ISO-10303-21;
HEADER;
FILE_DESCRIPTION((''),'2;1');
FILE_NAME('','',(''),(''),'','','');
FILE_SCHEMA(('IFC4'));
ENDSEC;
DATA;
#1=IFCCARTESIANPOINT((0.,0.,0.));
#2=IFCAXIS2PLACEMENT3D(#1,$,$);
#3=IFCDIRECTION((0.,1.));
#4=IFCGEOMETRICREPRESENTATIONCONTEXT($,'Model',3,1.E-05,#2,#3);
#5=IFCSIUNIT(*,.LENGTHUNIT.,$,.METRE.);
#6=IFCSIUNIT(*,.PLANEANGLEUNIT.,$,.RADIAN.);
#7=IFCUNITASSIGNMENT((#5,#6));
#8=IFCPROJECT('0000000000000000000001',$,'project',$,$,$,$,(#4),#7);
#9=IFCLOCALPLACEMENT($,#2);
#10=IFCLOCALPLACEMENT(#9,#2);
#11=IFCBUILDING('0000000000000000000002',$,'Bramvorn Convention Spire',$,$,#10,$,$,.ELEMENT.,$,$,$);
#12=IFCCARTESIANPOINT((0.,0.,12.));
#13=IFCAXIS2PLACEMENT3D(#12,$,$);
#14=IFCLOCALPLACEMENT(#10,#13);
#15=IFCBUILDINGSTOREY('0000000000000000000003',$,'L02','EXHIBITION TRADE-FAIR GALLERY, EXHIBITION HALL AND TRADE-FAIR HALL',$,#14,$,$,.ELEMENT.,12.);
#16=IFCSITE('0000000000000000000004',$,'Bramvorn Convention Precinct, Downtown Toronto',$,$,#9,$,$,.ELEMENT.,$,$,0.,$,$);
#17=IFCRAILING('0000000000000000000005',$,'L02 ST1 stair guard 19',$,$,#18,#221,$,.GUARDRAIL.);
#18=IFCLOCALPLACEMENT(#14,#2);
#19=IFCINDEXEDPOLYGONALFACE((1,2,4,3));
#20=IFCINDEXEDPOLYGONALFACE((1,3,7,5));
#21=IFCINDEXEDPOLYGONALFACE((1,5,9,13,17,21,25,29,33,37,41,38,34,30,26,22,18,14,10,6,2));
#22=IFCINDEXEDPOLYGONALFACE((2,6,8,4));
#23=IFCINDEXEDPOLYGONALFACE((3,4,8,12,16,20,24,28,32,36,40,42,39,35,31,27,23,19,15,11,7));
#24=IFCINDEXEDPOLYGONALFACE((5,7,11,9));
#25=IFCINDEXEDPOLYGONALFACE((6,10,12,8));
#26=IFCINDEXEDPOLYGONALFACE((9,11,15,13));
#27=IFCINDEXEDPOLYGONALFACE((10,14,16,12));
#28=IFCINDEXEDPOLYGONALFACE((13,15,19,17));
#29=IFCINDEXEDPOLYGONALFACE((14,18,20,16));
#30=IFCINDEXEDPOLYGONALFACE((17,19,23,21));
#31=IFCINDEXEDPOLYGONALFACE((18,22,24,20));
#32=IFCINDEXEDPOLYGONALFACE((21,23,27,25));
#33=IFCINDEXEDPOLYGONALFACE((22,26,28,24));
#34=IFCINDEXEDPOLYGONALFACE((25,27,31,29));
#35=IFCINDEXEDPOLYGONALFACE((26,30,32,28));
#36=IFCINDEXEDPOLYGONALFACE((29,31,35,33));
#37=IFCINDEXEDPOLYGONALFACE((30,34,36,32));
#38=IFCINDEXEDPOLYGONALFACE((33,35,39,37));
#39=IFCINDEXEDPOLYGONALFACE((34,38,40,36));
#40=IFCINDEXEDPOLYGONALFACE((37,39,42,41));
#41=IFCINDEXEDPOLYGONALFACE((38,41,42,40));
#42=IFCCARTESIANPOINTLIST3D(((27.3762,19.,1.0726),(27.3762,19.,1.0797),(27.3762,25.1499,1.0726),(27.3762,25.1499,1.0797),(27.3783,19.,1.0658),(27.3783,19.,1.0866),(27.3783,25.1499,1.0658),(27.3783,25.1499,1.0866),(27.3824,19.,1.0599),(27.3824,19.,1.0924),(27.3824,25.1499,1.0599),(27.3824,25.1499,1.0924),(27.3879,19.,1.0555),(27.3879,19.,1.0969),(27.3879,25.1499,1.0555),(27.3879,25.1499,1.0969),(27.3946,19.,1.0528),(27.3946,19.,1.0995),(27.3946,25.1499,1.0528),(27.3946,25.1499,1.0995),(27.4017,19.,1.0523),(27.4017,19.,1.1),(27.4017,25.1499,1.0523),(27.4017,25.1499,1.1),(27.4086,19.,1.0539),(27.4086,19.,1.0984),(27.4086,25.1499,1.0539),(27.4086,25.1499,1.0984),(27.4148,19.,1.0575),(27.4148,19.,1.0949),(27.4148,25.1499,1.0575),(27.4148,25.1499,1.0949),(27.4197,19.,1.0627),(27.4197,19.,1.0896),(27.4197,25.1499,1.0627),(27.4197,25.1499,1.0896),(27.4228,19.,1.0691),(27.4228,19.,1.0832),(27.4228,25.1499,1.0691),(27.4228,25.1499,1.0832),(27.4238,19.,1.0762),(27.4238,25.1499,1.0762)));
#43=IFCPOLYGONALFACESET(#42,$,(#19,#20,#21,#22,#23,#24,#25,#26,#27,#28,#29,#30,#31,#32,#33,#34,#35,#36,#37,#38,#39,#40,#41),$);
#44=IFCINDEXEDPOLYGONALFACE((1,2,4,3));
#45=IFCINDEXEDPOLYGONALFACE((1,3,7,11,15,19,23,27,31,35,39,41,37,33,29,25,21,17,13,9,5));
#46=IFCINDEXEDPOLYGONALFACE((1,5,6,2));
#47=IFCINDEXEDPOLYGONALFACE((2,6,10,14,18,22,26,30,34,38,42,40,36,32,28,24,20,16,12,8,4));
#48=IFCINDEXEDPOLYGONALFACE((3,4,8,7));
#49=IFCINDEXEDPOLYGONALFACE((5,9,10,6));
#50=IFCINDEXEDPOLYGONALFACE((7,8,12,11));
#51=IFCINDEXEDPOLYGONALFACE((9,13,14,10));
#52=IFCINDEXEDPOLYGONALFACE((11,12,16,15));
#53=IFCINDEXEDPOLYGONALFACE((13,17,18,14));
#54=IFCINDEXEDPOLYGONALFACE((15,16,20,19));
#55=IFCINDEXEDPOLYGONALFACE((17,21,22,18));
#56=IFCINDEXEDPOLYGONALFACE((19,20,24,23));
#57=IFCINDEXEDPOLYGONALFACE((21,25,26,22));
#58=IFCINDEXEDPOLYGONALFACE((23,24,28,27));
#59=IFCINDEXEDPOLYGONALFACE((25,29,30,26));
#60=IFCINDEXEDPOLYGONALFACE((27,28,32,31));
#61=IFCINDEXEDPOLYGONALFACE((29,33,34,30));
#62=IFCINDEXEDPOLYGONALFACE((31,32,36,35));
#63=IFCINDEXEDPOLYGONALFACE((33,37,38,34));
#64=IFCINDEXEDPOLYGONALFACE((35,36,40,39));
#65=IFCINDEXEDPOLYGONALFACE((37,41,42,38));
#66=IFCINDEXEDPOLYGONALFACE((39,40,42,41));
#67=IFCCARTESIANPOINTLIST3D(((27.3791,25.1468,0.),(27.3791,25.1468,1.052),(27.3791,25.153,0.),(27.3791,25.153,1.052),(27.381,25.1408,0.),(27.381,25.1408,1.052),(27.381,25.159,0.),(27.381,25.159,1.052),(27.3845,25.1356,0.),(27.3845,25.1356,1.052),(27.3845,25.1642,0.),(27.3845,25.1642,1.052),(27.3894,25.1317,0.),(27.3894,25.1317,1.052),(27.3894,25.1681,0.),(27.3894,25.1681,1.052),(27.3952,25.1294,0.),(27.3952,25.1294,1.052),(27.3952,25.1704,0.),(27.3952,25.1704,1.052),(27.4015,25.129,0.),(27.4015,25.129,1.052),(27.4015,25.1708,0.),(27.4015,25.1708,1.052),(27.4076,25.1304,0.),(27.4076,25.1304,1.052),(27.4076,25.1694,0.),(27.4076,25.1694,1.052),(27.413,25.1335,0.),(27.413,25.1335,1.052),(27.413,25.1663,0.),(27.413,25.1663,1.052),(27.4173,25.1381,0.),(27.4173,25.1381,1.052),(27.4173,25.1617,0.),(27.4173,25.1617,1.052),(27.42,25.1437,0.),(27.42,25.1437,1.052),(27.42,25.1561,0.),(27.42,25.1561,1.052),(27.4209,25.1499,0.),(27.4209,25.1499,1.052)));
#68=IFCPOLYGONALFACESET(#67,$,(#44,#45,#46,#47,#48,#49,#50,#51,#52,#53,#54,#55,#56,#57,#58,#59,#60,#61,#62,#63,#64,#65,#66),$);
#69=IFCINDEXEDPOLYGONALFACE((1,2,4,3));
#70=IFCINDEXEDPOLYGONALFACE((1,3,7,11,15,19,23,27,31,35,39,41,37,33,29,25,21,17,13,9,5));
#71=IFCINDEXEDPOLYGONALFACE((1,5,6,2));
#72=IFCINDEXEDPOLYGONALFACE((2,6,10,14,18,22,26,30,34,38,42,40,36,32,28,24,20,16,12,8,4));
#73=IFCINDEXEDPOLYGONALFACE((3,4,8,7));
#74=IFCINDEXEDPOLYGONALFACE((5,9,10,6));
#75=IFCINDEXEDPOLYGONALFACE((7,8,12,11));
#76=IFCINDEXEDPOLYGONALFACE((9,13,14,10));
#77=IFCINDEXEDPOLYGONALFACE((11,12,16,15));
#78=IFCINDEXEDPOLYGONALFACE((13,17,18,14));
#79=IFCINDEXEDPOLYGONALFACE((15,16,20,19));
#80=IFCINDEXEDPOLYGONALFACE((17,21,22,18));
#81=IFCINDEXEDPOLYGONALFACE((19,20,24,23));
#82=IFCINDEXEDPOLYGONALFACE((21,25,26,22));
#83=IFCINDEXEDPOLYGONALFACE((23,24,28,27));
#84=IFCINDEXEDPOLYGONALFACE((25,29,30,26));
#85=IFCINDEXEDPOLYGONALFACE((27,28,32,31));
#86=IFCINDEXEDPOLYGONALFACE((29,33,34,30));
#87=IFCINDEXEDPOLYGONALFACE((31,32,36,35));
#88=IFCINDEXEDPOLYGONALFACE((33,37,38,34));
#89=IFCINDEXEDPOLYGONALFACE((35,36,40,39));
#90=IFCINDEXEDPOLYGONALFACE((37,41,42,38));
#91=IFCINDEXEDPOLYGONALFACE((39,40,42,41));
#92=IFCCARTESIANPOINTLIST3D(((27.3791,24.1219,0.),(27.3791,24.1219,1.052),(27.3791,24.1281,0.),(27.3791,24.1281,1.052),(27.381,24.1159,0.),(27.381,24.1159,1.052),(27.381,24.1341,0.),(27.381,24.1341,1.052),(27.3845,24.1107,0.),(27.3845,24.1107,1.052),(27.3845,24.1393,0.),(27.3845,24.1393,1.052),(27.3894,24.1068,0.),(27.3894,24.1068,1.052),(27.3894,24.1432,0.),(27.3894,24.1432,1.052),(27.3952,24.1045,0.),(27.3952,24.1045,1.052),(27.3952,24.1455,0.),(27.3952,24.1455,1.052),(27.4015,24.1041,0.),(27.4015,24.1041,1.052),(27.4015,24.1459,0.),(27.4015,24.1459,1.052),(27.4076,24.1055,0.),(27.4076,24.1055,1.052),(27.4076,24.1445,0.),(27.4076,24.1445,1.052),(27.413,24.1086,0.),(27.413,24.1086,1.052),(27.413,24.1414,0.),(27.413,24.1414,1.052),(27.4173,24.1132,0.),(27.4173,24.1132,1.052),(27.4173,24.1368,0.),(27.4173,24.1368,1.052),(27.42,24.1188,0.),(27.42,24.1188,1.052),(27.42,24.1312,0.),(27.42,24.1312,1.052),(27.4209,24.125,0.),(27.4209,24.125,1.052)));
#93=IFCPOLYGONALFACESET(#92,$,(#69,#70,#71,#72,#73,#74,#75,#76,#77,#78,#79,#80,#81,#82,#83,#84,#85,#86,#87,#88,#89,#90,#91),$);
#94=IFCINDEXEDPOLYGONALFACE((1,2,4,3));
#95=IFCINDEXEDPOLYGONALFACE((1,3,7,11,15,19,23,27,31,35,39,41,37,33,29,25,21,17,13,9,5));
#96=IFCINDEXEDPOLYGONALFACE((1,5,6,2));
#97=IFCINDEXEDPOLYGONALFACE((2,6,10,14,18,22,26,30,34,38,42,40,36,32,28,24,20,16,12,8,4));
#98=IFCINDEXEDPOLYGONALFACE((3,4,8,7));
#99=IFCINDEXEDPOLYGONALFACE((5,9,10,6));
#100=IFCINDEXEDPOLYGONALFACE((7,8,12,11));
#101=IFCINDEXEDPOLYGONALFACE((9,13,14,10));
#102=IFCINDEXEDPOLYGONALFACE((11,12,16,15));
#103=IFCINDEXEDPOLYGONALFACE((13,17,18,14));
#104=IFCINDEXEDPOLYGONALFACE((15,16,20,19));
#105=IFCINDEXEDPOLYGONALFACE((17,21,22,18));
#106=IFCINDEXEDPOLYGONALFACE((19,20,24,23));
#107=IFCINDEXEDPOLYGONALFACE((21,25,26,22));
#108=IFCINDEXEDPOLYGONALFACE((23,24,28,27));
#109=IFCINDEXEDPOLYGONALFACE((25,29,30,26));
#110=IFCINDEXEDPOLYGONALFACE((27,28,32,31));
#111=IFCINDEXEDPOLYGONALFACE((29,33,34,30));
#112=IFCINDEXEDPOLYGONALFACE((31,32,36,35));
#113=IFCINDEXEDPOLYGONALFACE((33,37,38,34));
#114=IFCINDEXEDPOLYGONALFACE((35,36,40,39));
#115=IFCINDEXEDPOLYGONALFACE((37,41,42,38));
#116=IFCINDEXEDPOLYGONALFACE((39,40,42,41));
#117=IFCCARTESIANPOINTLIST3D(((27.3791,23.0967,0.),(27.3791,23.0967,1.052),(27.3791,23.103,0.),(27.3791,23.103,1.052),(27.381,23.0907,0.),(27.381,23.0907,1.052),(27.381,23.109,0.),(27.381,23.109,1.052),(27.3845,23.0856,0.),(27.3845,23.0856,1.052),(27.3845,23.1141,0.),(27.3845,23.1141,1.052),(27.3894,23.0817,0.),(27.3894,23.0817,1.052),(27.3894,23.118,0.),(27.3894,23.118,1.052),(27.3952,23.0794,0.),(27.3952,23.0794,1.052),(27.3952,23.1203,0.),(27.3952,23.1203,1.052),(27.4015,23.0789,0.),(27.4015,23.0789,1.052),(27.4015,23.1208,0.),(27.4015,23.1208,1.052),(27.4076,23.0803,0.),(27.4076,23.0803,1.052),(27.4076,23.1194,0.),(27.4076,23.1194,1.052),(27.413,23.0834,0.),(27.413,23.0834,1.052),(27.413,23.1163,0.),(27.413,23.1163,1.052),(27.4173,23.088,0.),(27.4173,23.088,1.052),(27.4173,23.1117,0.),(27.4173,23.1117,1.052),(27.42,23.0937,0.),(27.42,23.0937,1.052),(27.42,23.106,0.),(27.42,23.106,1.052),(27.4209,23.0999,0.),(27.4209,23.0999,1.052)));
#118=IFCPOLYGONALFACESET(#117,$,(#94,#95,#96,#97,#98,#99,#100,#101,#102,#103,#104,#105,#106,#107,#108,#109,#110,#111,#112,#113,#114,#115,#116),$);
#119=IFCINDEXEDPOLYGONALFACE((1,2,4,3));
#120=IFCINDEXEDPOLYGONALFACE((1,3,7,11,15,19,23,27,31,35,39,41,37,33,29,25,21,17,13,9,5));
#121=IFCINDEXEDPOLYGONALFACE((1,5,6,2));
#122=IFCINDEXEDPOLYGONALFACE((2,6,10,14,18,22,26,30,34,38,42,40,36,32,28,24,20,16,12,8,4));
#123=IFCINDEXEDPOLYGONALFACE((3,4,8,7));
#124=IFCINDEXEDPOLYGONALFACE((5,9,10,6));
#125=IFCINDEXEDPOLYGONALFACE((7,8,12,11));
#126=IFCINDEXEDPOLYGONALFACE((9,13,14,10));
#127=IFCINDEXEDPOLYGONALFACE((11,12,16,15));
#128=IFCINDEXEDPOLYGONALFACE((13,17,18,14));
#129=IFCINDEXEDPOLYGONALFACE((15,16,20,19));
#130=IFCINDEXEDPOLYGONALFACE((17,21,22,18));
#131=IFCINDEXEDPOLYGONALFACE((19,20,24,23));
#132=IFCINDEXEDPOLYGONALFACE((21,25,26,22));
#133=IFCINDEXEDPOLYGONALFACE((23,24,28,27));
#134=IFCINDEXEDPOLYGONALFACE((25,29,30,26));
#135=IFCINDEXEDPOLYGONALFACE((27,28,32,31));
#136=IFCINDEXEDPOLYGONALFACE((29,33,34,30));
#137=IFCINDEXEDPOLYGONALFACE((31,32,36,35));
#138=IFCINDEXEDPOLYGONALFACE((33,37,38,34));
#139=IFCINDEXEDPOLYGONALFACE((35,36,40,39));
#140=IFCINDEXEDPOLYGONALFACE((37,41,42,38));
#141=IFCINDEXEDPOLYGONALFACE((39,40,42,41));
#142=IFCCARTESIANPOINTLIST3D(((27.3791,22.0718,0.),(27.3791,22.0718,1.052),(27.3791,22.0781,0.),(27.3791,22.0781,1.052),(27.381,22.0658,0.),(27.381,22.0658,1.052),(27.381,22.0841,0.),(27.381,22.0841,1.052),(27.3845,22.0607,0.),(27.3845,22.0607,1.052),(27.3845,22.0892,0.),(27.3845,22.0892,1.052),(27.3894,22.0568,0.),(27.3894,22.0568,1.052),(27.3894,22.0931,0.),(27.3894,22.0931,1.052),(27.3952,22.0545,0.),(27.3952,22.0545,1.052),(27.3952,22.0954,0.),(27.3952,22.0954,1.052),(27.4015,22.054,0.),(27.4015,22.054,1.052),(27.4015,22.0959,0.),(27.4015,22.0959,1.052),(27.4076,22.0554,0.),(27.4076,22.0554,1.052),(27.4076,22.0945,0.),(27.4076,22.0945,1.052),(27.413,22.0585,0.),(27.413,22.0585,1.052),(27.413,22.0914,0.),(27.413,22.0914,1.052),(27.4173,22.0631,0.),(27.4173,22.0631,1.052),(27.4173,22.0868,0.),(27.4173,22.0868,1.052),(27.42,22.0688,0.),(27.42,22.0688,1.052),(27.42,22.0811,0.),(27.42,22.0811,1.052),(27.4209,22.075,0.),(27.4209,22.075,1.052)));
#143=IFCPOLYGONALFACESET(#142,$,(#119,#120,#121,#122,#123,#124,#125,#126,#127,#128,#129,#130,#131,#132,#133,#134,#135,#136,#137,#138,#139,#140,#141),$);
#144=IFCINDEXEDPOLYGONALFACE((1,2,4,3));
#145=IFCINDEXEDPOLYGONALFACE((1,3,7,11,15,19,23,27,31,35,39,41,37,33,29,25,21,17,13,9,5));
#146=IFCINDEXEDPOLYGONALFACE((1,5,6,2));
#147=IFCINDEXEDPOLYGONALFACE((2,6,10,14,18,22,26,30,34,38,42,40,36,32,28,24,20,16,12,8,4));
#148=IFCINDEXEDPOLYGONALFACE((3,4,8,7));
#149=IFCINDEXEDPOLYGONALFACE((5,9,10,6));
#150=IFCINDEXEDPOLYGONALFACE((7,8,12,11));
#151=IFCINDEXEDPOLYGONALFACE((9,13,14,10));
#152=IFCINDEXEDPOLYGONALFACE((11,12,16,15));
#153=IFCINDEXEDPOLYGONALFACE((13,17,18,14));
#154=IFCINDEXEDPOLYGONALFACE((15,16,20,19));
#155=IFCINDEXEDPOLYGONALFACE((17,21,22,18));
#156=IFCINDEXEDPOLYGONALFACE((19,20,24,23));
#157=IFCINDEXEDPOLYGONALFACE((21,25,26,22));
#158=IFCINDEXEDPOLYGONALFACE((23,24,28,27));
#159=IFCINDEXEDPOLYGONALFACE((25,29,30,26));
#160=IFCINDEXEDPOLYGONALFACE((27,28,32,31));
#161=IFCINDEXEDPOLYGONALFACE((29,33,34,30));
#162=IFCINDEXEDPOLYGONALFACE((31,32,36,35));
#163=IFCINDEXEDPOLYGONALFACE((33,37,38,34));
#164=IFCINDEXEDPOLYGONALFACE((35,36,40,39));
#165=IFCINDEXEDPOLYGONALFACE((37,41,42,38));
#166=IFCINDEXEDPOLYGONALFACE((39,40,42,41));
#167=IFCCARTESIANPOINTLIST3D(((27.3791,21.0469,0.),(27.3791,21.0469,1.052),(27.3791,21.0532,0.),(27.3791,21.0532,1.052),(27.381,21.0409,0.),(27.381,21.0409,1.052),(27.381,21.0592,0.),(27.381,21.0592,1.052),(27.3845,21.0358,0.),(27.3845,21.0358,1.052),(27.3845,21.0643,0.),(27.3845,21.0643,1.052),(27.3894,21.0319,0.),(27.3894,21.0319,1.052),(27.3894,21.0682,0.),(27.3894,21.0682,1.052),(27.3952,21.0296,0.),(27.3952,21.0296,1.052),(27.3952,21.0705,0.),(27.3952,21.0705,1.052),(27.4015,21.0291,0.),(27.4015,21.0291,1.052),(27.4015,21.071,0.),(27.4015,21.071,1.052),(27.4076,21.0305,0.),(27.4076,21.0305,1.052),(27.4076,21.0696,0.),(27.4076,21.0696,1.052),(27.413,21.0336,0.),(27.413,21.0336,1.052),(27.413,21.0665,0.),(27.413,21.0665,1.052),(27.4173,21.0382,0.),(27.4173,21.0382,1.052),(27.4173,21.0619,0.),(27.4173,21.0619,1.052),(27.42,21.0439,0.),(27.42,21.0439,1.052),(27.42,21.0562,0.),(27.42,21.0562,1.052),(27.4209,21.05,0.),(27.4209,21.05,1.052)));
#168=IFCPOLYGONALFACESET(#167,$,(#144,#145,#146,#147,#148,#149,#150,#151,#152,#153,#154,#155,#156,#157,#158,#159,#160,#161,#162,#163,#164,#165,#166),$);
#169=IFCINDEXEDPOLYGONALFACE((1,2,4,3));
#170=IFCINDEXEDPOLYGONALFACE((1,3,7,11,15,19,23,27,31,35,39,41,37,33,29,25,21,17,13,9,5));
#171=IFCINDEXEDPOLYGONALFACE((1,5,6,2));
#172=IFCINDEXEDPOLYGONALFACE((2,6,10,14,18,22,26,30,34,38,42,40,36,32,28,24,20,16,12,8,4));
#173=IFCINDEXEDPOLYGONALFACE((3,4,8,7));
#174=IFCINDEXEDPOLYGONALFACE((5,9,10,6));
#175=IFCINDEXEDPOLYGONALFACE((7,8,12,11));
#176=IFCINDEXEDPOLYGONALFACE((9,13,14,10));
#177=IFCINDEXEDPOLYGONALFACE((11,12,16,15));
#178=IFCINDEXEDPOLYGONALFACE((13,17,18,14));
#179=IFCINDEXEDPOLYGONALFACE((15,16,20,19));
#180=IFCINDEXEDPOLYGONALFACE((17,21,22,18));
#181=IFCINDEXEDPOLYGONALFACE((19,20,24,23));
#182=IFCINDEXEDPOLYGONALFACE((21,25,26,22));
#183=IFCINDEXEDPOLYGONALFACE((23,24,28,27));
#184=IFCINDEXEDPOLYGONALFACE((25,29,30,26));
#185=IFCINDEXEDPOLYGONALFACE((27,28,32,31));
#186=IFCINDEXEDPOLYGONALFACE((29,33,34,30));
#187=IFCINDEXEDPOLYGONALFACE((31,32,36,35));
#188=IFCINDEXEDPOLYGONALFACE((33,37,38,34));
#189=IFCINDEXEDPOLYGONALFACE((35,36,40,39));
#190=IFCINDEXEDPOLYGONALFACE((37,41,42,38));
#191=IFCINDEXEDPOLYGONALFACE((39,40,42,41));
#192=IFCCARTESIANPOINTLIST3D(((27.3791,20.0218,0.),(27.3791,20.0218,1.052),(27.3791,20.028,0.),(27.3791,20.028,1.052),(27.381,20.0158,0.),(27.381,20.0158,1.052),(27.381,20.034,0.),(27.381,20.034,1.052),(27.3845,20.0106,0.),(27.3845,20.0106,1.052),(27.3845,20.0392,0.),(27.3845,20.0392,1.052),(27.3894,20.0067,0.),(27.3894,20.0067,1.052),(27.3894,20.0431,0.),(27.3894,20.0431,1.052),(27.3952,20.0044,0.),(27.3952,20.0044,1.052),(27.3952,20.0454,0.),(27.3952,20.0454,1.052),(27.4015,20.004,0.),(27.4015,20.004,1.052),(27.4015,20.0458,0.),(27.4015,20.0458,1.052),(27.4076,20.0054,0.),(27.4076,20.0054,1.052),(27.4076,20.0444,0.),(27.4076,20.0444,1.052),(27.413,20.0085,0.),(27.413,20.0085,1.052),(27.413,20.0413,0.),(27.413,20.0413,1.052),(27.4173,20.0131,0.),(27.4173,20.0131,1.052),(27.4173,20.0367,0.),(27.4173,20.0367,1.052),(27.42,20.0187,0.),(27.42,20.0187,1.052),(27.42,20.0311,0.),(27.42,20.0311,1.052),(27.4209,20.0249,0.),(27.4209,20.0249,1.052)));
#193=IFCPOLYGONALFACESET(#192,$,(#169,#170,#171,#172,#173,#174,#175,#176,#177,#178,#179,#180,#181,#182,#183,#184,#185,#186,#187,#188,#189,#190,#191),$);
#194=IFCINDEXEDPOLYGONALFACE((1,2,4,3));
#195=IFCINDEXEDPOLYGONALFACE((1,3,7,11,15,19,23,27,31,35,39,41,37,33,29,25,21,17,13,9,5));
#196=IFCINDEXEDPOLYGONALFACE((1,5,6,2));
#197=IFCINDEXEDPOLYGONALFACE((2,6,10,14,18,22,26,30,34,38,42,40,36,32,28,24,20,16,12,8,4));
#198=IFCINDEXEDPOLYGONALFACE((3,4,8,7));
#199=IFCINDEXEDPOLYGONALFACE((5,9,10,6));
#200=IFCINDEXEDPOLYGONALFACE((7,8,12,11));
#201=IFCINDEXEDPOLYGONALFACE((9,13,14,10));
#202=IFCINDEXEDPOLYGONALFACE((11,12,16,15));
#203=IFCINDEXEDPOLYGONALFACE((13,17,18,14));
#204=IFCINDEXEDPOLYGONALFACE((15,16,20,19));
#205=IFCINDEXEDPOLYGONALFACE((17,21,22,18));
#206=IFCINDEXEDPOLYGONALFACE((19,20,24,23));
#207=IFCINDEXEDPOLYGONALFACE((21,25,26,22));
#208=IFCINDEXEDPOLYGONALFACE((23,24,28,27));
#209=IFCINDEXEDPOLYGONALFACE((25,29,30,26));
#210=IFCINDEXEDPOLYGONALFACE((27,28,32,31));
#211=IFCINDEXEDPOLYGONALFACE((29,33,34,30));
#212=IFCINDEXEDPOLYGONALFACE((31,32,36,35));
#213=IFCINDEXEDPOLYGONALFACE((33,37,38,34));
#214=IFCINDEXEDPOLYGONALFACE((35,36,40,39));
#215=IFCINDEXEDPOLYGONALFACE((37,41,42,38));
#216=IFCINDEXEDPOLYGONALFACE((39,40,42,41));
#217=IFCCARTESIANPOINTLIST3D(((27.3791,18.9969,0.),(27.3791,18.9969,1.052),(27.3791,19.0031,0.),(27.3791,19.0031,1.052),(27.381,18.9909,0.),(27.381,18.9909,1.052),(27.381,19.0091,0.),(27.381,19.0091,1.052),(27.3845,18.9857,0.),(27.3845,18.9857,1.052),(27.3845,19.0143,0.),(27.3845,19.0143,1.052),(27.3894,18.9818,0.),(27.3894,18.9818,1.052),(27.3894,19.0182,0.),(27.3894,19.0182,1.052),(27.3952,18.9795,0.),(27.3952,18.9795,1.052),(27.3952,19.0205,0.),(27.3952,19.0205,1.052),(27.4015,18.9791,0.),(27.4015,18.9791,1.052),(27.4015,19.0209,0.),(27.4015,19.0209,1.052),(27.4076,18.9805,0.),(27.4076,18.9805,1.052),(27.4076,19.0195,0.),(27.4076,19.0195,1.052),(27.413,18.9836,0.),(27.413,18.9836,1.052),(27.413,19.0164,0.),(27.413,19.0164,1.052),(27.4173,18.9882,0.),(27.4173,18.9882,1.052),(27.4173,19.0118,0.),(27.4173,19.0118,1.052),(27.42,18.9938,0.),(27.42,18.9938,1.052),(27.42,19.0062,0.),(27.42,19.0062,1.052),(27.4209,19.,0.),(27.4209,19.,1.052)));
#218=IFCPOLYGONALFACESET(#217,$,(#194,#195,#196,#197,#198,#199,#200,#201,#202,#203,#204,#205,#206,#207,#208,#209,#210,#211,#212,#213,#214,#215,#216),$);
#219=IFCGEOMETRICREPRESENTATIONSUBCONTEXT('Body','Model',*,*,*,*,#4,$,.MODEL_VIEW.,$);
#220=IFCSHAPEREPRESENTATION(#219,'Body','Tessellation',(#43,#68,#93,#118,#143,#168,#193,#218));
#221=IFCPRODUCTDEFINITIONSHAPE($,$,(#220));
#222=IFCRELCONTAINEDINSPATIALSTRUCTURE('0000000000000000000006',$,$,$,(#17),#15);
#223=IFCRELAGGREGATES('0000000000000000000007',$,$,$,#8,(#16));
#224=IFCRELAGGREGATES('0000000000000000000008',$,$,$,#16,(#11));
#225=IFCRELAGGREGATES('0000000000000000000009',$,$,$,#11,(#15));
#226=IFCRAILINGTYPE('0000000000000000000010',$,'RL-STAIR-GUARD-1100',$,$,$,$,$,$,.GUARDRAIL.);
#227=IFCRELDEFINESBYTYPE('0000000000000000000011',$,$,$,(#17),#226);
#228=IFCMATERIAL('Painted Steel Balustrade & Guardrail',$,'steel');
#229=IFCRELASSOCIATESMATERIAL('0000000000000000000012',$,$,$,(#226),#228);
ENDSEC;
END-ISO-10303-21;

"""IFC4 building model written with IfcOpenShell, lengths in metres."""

from ifc_helpers import new_model, si_unit, direction, frame, origin, origin_2d, place, context, subcontext, project, spatial, circle, extrude, material, type_object, element, save


model = new_model("IFC4")

# Units and contexts
model_context = context("Model", 3, precision=1e-05, world=origin(), true_north=direction((0.0, 1.0)))
body_context = subcontext(model_context, "Body", "Model", "MODEL_VIEW")
ifc_project = project(units=[si_unit("LENGTHUNIT", "METRE"), si_unit("PLANEANGLEUNIT", "RADIAN")], contexts=[model_context])

# Site, building, storey
site_placement = place(None, origin())
site = spatial("IfcSite", under=ifc_project, at=site_placement, Name="Bramvorn Convention Precinct, Downtown Toronto", CompositionType="ELEMENT", RefElevation=0.0)
building_placement = place(site_placement, origin())
building = spatial("IfcBuilding", under=site, at=building_placement, Name="Bramvorn Convention Spire", CompositionType="ELEMENT")
storey_placement = place(building_placement, frame((0.0, 0.0, 12.0)))
storey = spatial("IfcBuildingStorey", under=building, at=storey_placement, Name="L02", Description="EXHIBITION TRADE-FAIR GALLERY, EXHIBITION HALL AND TRADE-FAIR HALL", CompositionType="ELEMENT", Elevation=12.0)

# Railing
ifc_material_1 = material(Name="Painted Steel Balustrade & Guardrail", Category="steel")
railing_type_1 = type_object("IfcRailingType", Name="RL-STAIR-GUARD-1100", PredefinedType="GUARDRAIL", material=ifc_material_1)
railing_1_placement = place(storey_placement, frame((27.3999, 25.1499, 0.0)))
element("IfcRailing", 1, at=railing_1_placement, inside=storey, type_object=railing_type_1, Name="L02 ST1 stair guard 19", PredefinedType="GUARDRAIL", context=body_context, shape_type="SweptSolid", body=[
    extrude(circle(Radius=0.0239, at=origin_2d()), frame((0.0, 0.0, 1.0762), z_axis=(0.0, -1.0, 0.0), x_axis=(1.0, 0.0, 0.0)), (0.0, 0.0, 1.0), 6.1499),
    extrude(circle(Radius=0.021, at=origin_2d()), origin(), (0.0, 0.0, 1.0), 1.052),
    extrude(circle(Radius=0.021, at=origin_2d()), frame((0.0, -1.0249, 0.0)), (0.0, 0.0, 1.0), 1.052),
    extrude(circle(Radius=0.021, at=origin_2d()), frame((0.0, -2.05, 0.0)), (0.0, 0.0, 1.0), 1.052),
    extrude(circle(Radius=0.021, at=origin_2d()), frame((0.0, -3.075, 0.0)), (0.0, 0.0, 1.0), 1.052),
    extrude(circle(Radius=0.021, at=origin_2d()), frame((0.0, -4.0999, 0.0)), (0.0, 0.0, 1.0), 1.052),
    extrude(circle(Radius=0.021, at=origin_2d()), frame((0.0, -5.125, 0.0)), (0.0, 0.0, 1.0), 1.052),
    extrude(circle(Radius=0.021, at=origin_2d()), frame((0.0, -6.1499, 0.0)), (0.0, 0.0, 1.0), 1.052),
])

save(model, "model.ifc")
